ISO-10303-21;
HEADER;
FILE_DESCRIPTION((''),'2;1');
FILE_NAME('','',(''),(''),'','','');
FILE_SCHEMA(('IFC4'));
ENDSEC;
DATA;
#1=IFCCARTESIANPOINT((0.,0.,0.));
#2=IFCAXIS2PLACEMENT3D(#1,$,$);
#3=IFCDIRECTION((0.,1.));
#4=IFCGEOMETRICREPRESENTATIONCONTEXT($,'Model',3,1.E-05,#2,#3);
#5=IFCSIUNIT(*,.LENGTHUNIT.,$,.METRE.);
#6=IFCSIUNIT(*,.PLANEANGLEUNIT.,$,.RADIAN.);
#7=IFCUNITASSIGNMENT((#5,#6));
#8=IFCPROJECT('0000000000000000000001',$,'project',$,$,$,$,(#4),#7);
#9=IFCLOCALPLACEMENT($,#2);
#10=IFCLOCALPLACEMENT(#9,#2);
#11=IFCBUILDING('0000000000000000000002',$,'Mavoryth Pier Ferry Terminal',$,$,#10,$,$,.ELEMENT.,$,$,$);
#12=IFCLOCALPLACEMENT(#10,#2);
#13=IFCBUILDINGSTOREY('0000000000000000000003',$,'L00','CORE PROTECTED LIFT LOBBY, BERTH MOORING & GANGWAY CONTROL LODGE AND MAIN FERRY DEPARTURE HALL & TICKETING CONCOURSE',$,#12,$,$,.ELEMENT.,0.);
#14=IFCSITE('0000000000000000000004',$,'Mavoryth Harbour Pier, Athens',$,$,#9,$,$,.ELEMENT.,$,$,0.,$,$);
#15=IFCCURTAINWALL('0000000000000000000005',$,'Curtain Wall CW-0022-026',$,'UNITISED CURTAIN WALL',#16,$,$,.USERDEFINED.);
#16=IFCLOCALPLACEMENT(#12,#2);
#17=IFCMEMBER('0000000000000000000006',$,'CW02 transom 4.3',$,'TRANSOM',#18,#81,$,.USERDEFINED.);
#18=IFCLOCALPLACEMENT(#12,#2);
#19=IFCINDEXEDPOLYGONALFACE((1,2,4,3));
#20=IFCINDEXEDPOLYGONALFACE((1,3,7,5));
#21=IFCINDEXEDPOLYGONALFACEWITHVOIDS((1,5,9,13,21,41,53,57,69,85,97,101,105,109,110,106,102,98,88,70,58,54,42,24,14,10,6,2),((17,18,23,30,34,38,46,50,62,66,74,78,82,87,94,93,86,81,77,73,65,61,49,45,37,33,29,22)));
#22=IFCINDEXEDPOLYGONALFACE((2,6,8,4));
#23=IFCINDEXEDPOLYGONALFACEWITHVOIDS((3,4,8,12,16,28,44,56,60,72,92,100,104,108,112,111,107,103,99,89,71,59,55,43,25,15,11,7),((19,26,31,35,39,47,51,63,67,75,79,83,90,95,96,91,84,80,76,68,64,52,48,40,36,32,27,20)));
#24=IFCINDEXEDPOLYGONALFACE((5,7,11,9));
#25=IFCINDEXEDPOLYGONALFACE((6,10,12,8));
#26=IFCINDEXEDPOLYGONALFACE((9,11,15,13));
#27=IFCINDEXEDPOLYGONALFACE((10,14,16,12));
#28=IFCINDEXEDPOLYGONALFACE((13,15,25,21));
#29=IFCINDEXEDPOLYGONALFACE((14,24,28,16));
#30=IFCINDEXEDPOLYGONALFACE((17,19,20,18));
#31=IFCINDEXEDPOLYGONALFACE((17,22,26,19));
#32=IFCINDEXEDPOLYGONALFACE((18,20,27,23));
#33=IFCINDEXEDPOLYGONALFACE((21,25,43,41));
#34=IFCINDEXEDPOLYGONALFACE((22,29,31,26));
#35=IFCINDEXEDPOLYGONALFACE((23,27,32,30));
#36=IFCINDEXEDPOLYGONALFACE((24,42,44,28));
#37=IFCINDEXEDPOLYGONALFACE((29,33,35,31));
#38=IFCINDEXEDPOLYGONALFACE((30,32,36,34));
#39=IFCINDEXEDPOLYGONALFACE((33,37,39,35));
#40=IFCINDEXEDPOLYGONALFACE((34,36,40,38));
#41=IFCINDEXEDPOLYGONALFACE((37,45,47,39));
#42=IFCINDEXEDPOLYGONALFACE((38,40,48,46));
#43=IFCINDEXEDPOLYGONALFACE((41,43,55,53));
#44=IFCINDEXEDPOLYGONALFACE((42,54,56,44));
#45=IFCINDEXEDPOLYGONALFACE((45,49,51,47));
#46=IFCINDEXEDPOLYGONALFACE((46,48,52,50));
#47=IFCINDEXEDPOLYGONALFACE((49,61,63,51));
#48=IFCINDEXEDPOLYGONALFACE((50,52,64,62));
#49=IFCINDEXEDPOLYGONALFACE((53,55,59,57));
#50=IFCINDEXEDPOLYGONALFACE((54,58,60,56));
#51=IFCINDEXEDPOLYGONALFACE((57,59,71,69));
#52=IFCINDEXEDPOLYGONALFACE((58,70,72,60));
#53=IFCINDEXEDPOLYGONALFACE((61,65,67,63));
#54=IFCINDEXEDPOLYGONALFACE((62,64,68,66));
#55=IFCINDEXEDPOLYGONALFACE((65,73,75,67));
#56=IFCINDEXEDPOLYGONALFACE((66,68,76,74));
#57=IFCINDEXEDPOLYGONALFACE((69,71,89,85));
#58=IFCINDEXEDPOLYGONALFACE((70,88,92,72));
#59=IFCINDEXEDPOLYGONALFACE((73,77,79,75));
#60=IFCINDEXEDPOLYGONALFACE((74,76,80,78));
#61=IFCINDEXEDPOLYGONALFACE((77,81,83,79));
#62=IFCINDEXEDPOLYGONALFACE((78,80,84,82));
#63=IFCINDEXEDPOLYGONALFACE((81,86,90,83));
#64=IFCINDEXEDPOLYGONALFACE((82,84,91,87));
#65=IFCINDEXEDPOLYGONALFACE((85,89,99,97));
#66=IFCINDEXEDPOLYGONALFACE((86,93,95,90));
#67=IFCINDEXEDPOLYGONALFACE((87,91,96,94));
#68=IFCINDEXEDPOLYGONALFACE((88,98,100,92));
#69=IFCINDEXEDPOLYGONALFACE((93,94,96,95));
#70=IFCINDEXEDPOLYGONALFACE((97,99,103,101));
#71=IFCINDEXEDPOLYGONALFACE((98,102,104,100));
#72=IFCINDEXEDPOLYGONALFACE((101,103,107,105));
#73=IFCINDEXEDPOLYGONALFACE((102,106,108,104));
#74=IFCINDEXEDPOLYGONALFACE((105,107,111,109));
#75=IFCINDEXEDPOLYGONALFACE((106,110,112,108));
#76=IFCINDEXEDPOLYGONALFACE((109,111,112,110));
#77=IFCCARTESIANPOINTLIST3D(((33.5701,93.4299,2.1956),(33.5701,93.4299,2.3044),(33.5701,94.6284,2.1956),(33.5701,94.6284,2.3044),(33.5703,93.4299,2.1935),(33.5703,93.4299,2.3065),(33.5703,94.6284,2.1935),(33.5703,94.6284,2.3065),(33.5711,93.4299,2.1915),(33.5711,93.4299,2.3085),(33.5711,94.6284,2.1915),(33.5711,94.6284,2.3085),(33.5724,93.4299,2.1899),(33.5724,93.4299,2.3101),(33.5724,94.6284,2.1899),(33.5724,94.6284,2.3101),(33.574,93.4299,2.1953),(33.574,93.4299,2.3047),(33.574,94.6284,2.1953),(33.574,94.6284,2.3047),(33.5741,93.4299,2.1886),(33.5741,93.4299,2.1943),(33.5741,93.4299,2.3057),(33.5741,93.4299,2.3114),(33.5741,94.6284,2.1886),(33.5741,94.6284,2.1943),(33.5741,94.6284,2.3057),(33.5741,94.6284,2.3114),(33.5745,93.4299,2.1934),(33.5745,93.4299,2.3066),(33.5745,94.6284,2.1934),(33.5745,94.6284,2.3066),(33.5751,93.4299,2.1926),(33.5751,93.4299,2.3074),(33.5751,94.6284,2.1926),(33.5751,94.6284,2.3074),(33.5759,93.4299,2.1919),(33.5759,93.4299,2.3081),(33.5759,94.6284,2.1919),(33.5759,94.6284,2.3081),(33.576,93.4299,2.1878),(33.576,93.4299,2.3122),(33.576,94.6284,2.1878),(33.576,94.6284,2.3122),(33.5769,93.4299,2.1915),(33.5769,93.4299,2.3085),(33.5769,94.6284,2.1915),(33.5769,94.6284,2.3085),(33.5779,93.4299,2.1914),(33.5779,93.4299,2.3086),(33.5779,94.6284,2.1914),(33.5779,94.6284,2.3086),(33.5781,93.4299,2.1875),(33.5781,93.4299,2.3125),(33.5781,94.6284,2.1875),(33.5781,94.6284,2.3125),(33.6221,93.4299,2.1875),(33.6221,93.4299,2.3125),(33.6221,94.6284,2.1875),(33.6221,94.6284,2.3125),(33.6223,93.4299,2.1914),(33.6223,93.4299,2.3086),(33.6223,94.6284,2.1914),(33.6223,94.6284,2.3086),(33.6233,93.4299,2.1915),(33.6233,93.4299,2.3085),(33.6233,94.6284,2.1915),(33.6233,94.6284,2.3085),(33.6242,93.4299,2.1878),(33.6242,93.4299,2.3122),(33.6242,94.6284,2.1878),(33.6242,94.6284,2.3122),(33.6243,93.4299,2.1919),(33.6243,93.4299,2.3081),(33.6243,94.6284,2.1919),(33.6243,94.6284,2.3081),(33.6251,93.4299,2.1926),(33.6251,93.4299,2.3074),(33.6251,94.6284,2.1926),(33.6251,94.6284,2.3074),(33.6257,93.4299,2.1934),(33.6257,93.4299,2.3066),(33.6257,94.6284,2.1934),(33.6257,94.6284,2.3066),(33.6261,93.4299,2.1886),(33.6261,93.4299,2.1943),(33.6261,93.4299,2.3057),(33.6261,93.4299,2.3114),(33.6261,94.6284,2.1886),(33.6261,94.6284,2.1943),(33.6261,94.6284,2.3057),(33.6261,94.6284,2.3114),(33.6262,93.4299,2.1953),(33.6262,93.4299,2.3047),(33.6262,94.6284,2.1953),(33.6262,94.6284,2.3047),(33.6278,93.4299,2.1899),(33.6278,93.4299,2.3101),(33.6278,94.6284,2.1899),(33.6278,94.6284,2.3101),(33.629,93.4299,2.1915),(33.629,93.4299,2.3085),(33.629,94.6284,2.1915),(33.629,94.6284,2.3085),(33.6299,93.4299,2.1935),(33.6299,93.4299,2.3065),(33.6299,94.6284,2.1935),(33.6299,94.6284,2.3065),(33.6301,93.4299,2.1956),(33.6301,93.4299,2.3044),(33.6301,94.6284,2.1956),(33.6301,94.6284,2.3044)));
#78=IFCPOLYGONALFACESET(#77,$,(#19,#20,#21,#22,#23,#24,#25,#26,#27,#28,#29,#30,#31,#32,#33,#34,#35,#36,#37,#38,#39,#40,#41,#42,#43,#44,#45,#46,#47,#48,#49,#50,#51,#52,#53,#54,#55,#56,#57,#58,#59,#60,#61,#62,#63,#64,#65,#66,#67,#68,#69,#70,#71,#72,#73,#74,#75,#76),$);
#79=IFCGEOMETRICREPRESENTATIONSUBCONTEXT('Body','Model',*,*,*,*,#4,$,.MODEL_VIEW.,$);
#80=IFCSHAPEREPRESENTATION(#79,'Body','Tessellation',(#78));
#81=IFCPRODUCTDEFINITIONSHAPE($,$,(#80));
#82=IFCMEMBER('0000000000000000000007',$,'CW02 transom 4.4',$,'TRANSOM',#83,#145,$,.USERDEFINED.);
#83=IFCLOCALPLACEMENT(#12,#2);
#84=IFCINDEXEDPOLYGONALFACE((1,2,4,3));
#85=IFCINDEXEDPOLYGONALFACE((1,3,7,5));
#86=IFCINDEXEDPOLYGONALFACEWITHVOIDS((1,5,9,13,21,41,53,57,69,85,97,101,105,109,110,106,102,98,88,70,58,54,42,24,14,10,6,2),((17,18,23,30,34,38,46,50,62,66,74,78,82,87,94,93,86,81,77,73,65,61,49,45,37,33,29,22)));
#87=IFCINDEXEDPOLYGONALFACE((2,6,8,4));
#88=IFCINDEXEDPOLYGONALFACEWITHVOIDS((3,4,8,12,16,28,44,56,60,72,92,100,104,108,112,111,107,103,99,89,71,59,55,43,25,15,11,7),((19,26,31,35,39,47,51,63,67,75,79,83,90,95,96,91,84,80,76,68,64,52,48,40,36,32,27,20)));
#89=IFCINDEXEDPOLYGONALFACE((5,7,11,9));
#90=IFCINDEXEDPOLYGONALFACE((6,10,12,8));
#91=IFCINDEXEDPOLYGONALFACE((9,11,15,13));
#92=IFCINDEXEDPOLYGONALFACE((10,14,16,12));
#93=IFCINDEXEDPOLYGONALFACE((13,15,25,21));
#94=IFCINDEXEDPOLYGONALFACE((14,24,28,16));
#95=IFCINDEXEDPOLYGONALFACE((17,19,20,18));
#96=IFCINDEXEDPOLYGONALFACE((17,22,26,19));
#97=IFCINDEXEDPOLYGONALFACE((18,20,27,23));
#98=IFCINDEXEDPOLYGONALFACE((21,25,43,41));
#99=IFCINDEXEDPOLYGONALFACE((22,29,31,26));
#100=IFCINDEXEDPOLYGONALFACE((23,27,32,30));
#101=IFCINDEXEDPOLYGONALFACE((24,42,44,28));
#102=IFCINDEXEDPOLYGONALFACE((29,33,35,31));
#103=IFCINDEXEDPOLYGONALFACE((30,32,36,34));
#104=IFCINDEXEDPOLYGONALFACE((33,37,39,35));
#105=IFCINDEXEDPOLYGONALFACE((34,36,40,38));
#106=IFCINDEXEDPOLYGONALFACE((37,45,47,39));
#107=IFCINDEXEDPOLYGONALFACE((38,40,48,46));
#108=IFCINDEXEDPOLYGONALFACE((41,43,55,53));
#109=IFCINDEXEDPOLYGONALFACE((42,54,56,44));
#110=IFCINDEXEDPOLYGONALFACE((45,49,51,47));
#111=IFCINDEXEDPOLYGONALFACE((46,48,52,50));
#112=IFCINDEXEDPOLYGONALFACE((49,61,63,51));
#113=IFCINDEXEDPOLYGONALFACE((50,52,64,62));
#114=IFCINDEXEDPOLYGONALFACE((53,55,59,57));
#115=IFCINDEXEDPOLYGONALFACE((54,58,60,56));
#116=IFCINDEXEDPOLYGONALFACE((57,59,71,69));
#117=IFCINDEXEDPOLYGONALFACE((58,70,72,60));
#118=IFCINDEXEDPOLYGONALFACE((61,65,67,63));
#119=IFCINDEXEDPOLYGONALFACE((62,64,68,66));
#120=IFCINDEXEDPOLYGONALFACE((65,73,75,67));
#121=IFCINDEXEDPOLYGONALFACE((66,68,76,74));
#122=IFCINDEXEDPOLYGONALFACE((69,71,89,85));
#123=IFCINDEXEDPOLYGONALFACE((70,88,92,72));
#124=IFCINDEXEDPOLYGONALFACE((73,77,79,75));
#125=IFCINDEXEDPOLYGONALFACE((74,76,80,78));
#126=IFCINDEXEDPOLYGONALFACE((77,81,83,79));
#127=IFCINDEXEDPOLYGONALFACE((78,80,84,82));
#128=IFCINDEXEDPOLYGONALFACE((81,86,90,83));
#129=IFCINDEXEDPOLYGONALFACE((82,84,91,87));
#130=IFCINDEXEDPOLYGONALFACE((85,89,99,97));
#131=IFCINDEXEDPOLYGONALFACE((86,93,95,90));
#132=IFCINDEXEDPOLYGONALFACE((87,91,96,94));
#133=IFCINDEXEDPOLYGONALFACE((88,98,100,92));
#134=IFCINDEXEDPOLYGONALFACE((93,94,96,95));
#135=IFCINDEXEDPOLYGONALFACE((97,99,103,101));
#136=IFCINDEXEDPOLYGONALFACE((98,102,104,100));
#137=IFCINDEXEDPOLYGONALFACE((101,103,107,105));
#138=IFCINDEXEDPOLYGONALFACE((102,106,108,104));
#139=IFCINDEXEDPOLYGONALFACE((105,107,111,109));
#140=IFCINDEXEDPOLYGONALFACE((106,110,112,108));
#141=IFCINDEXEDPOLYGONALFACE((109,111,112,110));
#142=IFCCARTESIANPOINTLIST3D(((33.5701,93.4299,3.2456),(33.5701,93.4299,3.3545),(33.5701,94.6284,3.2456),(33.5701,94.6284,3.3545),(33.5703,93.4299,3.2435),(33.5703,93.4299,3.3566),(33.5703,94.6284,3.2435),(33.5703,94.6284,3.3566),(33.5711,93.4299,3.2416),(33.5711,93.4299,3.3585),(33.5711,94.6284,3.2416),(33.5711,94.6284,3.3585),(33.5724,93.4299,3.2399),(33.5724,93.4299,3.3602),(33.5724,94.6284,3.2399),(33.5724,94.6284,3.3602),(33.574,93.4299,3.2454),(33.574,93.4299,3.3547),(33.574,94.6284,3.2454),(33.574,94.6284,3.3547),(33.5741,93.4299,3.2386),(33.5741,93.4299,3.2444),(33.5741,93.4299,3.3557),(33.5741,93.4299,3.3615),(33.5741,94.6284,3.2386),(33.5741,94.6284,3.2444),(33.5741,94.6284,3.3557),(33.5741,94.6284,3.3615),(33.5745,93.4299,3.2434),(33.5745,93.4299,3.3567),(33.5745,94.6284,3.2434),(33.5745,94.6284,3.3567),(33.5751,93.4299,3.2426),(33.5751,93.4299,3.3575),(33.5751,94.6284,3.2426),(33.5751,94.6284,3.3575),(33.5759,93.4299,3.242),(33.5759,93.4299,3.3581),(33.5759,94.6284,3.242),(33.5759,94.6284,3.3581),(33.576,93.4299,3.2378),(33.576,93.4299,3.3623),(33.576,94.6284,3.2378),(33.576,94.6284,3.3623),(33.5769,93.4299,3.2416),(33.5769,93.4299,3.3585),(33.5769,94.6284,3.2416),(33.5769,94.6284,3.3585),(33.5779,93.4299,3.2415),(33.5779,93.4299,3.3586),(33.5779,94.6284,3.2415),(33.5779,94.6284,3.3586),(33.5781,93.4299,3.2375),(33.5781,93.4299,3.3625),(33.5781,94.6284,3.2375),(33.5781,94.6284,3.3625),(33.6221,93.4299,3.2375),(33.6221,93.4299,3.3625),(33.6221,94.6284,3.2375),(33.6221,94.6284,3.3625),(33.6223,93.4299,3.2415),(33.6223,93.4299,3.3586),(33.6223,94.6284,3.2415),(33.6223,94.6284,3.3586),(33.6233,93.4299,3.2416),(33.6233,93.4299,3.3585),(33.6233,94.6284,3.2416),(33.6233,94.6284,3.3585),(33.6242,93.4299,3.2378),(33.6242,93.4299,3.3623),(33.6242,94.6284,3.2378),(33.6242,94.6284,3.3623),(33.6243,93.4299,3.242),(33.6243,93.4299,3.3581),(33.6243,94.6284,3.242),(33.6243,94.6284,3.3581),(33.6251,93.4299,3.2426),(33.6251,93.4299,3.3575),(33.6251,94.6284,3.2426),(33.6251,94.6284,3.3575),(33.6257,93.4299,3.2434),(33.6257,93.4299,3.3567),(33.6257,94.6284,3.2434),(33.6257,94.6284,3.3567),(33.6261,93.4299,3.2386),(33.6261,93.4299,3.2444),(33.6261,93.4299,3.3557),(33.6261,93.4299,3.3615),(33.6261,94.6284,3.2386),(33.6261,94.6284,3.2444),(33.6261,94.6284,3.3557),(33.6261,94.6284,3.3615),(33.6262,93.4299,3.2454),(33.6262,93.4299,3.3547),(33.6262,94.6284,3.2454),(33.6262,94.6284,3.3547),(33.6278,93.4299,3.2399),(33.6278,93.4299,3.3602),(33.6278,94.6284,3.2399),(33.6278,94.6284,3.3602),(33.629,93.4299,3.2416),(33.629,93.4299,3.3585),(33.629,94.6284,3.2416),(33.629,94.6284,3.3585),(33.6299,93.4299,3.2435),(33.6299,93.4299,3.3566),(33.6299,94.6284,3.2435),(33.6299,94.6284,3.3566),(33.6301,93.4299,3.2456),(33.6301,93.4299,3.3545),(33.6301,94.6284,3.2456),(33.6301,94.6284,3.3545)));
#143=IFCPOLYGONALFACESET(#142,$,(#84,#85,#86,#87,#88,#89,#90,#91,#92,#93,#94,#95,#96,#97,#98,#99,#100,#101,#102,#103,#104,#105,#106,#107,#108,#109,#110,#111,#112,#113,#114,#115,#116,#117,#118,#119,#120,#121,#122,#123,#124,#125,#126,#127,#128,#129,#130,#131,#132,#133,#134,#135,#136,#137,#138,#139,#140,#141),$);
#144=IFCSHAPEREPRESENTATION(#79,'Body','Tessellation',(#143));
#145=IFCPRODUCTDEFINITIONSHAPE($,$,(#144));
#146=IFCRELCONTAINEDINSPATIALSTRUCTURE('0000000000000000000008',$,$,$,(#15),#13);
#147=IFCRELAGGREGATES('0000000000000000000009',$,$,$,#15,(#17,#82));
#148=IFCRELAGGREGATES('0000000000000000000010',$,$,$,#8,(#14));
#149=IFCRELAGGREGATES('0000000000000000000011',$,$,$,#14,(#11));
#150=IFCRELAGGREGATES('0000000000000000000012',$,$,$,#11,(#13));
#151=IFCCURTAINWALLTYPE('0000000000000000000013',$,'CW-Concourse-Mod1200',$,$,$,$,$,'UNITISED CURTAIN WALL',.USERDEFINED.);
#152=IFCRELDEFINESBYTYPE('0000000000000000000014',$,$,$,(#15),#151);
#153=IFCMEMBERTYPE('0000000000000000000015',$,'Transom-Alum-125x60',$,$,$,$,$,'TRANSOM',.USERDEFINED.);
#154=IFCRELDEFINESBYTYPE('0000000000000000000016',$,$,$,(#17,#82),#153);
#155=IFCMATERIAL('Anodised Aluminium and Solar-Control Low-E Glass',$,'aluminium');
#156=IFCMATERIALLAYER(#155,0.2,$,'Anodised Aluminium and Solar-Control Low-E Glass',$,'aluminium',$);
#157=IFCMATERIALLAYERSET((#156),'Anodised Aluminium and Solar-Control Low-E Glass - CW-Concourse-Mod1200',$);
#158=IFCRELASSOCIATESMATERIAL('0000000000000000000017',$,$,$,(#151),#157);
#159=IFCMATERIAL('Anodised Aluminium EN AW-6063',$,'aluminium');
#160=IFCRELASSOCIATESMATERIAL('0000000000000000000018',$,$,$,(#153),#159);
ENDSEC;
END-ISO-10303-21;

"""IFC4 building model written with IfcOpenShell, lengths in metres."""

from ifc_helpers import new_model, si_unit, direction, frame, origin, origin_2d, place, context, subcontext, project, spatial, hollow_rectangle, extrude, material, layer, layer_set, material_profile, profile_set, type_object, element, aggregate, save


model = new_model("IFC4")

# Units and contexts
model_context = context("Model", 3, precision=1e-05, world=origin(), true_north=direction((0.0, 1.0)))
body_context = subcontext(model_context, "Body", "Model", "MODEL_VIEW")
ifc_project = project(units=[si_unit("LENGTHUNIT", "METRE"), si_unit("PLANEANGLEUNIT", "RADIAN")], contexts=[model_context])

# Site, building, storey
site_placement = place(None, origin())
site = spatial("IfcSite", under=ifc_project, at=site_placement, Name="Mavoryth Harbour Pier, Athens", CompositionType="ELEMENT", RefElevation=0.0)
building_placement = place(site_placement, origin())
building = spatial("IfcBuilding", under=site, at=building_placement, Name="Mavoryth Pier Ferry Terminal", CompositionType="ELEMENT")
storey_placement = place(building_placement, origin())
storey = spatial("IfcBuildingStorey", under=building, at=storey_placement, Name="L00", Description="CORE PROTECTED LIFT LOBBY, BERTH MOORING & GANGWAY CONTROL LODGE AND MAIN FERRY DEPARTURE HALL & TICKETING CONCOURSE", CompositionType="ELEMENT", Elevation=0.0)

# Curtain wall, members
ifc_material_1 = material(Name="Anodised Aluminium and Solar-Control Low-E Glass", Category="aluminium")
ifc_layer_1 = layer(ifc_material_1, 0.2, Name="Anodised Aluminium and Solar-Control Low-E Glass", Category="aluminium")
ifc_layer_set_1 = layer_set([ifc_layer_1], Name="Anodised Aluminium and Solar-Control Low-E Glass - CW-Concourse-Mod1200")
curtain_wall_type = type_object("IfcCurtainWallType", Name="CW-Concourse-Mod1200", ElementType="UNITISED CURTAIN WALL", PredefinedType="USERDEFINED", material=ifc_layer_set_1)
curtain_wall_placement = place(storey_placement, origin())
curtain_wall = element("IfcCurtainWall", 1, at=curtain_wall_placement, inside=storey, type_object=curtain_wall_type, Name="Curtain Wall CW-0022-026", ObjectType="UNITISED CURTAIN WALL", PredefinedType="USERDEFINED")
ifc_material_2 = material(Name="Anodised Aluminium EN AW-6063", Category="aluminium")
ifc_material_profile_1 = material_profile(ifc_material_2, hollow_rectangle(XDim=0.0601, YDim=0.125, WallThickness=0.0039, InnerFilletRadius=0.0039, OuterFilletRadius=0.0081, at=origin_2d()), Name="AL-TRAN 125x60x4", Category="aluminium")
ifc_profile_set_1 = profile_set([ifc_material_profile_1], Name="Anodised Aluminium EN AW-6063 - AL-TRAN 125x60x4")
member_type_1 = type_object("IfcMemberType", Name="Transom-Alum-125x60", ElementType="TRANSOM", PredefinedType="USERDEFINED", material=ifc_profile_set_1)
member_1_placement = place(storey_placement, frame((33.6001, 93.4299, 2.25), z_axis=(0.0, 1.0, 0.0), x_axis=(-1.0, 0.0, 0.0)))
member_1 = element("IfcMember", 2, at=member_1_placement, type_object=member_type_1, Name="CW02 transom 4.3", ObjectType="TRANSOM", PredefinedType="USERDEFINED", context=body_context, shape_type="SweptSolid", body=[
    extrude(hollow_rectangle(XDim=0.0601, YDim=0.125, WallThickness=0.0039, InnerFilletRadius=0.0039, OuterFilletRadius=0.0081, at=origin_2d()), origin(), (0.0, 0.0, 1.0), 1.1985),
])
member_2_placement = place(storey_placement, frame((33.6001, 93.4299, 3.3), z_axis=(0.0, 1.0, 0.0), x_axis=(-1.0, 0.0, 0.0)))
member_2 = element("IfcMember", 3, at=member_2_placement, type_object=member_type_1, Name="CW02 transom 4.4", ObjectType="TRANSOM", PredefinedType="USERDEFINED", context=body_context, shape_type="SweptSolid", body=[
    extrude(hollow_rectangle(XDim=0.0601, YDim=0.125, WallThickness=0.0039, InnerFilletRadius=0.0039, OuterFilletRadius=0.0081, at=origin_2d()), origin(), (0.0, 0.0, 1.0), 1.1985),
])
aggregate(curtain_wall, [member_1, member_2])

save(model, "model.ifc")
